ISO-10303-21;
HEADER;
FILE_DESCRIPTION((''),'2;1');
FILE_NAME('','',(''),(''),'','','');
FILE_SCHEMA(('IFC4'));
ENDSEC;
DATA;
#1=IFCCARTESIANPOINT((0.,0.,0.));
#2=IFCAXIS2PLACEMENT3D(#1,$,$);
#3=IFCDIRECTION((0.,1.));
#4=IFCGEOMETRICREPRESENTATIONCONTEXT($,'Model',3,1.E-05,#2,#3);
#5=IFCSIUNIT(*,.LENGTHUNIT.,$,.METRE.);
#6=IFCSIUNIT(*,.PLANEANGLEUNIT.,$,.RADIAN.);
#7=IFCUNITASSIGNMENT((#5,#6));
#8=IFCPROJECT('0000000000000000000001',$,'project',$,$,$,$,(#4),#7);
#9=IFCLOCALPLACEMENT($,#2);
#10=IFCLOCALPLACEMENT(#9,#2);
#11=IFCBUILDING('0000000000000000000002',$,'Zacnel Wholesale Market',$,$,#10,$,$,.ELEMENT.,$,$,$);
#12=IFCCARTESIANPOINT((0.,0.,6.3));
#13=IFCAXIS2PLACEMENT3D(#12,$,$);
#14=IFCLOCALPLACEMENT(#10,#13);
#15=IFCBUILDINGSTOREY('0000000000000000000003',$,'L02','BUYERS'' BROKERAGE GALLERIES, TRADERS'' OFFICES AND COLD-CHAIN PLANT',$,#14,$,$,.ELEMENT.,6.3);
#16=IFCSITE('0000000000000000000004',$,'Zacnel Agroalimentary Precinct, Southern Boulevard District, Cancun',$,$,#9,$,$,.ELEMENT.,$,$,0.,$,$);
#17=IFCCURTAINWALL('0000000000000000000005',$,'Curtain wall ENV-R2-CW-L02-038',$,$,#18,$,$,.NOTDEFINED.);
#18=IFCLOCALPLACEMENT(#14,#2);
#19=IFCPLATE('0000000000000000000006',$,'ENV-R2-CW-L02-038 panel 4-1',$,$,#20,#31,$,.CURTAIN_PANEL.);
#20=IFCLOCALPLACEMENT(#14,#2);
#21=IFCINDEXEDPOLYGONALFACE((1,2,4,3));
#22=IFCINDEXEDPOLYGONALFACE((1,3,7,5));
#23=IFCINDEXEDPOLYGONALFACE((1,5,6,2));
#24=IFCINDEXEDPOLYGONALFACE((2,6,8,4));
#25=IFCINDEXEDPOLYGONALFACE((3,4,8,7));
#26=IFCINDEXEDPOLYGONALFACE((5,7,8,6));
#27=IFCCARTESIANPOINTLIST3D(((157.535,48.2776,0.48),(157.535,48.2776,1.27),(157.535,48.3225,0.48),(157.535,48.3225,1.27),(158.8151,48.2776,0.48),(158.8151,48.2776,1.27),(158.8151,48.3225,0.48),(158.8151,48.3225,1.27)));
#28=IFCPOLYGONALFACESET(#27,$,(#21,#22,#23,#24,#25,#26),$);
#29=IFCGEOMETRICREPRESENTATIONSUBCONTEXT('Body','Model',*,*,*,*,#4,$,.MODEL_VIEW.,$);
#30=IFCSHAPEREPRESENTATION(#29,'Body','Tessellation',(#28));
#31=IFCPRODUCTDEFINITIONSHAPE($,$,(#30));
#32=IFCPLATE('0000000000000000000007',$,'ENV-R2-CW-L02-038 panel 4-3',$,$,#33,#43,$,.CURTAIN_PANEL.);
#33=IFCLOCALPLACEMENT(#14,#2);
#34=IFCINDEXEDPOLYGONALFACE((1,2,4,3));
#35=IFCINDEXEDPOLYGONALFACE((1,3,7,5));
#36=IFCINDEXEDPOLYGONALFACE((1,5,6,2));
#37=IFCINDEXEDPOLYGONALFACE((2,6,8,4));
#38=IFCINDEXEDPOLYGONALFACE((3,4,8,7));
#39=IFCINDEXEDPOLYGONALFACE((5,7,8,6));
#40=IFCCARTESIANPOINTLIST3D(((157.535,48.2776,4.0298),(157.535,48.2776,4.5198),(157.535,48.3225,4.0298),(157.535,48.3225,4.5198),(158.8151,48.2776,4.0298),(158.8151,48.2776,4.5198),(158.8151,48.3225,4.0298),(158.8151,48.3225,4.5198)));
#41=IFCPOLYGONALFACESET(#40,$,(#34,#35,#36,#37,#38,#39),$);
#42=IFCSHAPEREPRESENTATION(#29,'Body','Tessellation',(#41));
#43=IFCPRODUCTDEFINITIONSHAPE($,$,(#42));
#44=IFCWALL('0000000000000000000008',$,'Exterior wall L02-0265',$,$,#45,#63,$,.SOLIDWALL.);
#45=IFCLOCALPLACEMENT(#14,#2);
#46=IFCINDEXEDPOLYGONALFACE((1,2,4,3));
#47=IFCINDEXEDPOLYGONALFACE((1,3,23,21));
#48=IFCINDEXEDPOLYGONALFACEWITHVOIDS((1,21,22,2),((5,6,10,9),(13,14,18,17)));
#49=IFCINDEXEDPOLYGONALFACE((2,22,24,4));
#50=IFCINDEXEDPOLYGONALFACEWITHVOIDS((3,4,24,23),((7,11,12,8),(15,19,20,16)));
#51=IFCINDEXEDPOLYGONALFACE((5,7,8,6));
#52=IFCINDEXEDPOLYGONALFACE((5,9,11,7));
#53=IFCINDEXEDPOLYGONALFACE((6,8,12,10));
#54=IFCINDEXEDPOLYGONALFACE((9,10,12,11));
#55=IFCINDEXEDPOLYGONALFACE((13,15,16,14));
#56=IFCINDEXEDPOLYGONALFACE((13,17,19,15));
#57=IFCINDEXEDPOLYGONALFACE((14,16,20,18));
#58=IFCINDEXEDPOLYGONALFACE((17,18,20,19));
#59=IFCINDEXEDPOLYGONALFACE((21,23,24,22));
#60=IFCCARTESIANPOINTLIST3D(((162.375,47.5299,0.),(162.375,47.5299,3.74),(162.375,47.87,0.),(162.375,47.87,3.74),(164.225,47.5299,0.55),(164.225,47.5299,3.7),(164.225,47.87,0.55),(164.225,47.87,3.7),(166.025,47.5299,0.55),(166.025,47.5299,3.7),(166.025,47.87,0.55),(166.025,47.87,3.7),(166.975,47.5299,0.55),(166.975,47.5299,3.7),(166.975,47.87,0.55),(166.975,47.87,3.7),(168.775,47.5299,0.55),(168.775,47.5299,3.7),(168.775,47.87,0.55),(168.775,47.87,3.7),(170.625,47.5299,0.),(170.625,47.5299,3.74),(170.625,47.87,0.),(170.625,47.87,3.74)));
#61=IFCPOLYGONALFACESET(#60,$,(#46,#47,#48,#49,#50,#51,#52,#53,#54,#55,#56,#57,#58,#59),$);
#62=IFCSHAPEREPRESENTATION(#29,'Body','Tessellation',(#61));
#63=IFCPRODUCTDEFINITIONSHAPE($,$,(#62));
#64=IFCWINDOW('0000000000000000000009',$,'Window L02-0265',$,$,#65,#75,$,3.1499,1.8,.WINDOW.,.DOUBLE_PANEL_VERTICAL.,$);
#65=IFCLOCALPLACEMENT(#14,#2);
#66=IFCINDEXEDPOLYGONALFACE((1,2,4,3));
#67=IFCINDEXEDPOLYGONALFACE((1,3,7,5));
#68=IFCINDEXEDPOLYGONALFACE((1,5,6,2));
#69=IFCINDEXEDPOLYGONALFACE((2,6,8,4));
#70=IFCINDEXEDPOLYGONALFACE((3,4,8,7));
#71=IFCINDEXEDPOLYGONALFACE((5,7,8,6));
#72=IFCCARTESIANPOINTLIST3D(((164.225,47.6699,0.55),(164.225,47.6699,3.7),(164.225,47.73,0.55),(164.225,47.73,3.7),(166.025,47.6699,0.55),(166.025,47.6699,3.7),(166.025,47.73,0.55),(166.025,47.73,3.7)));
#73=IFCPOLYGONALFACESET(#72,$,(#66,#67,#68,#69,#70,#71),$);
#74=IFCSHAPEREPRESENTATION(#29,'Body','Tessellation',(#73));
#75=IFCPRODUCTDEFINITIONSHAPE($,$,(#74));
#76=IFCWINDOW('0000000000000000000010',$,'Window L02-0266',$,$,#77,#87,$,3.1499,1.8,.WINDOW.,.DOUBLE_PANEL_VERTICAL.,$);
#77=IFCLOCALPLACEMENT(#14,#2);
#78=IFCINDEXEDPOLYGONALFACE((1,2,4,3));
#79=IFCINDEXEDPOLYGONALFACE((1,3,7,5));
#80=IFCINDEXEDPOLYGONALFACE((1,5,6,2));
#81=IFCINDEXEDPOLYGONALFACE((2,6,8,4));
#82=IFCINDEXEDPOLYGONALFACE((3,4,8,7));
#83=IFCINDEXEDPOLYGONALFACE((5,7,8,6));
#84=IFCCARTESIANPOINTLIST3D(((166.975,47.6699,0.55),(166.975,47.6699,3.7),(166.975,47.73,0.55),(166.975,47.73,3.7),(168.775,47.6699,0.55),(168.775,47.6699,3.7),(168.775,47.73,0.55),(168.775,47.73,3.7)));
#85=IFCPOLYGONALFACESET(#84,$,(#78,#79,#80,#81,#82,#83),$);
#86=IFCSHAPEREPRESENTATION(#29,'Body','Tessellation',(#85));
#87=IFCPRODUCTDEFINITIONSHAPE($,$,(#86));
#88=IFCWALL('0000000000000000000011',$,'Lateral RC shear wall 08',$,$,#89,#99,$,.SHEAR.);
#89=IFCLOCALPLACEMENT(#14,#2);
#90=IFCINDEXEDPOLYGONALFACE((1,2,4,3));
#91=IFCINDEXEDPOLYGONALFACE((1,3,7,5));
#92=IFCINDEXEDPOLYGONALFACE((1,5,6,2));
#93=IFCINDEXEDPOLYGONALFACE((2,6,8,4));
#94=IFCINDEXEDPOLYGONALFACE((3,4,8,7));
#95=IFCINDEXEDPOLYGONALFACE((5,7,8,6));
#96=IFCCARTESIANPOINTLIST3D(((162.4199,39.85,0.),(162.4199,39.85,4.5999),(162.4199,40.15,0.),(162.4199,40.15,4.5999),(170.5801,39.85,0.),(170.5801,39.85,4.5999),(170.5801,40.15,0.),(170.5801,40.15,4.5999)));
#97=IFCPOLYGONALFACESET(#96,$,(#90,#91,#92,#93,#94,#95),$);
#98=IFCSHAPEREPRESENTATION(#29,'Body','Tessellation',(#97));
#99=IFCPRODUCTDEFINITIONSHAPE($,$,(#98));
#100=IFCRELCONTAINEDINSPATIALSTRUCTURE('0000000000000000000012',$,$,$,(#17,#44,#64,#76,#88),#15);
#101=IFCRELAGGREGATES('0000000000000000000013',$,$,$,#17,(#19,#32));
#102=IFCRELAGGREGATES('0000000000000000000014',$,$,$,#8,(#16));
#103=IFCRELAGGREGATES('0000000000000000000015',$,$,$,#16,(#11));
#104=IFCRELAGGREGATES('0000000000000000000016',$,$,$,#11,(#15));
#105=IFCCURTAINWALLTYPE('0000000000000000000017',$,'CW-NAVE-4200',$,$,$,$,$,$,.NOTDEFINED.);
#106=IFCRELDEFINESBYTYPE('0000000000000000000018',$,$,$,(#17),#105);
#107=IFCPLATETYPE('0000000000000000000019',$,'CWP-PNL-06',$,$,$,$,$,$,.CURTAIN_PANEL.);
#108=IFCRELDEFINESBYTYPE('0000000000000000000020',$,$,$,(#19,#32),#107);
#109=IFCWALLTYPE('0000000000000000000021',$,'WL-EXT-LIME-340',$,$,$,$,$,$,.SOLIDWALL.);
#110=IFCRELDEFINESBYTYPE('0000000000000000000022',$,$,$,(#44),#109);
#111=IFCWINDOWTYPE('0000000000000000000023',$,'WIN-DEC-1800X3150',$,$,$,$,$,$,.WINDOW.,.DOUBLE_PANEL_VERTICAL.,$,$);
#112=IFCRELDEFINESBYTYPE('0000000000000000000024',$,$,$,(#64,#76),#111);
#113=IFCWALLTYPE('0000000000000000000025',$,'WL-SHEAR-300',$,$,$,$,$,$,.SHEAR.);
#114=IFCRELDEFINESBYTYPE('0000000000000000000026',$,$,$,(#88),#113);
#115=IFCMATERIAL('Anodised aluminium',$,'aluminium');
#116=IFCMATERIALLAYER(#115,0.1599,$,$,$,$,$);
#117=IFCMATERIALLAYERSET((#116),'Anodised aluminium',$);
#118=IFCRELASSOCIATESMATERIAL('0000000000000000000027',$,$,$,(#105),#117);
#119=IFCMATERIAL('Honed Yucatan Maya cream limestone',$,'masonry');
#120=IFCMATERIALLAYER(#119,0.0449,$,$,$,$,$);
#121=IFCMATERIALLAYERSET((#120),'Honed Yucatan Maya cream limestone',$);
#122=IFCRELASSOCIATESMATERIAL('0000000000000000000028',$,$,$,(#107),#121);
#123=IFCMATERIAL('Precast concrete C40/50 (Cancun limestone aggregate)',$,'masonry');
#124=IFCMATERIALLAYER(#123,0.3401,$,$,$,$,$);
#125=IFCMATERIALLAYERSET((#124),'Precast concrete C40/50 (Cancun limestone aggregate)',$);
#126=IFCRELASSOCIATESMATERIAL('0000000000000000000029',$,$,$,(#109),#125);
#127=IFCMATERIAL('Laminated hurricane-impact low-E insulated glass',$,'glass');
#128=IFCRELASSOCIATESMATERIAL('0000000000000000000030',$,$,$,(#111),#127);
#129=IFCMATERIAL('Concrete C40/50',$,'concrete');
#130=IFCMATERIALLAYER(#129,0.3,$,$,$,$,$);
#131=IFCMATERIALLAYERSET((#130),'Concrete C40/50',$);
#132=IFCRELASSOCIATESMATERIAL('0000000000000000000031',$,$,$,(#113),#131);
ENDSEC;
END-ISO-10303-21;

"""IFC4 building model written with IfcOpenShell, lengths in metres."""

from ifc_helpers import new_model, si_unit, direction, frame, frame_2d, origin, origin_2d, place, context, subcontext, project, spatial, rectangle, extrude, material, layer, layer_set, type_object, element, fill, aggregate, save


model = new_model("IFC4")

# Units and contexts
model_context = context("Model", 3, precision=1e-05, world=origin(), true_north=direction((0.0, 1.0)))
body_context = subcontext(model_context, "Body", "Model", "MODEL_VIEW")
ifc_project = project(units=[si_unit("LENGTHUNIT", "METRE"), si_unit("PLANEANGLEUNIT", "RADIAN")], contexts=[model_context])

# Site, building, storey
site_placement = place(None, origin())
site = spatial("IfcSite", under=ifc_project, at=site_placement, Name="Zacnel Agroalimentary Precinct, Southern Boulevard District, Cancun", CompositionType="ELEMENT", RefElevation=0.0)
building_placement = place(site_placement, origin())
building = spatial("IfcBuilding", under=site, at=building_placement, Name="Zacnel Wholesale Market", CompositionType="ELEMENT")
storey_placement = place(building_placement, frame((0.0, 0.0, 6.3)))
storey = spatial("IfcBuildingStorey", under=building, at=storey_placement, Name="L02", Description="BUYERS' BROKERAGE GALLERIES, TRADERS' OFFICES AND COLD-CHAIN PLANT", CompositionType="ELEMENT", Elevation=6.3)

# Curtain wall, plates
ifc_material_1 = material(Name="Anodised aluminium", Category="aluminium")
ifc_layer_1 = layer(ifc_material_1, 0.1599)
ifc_layer_set_1 = layer_set([ifc_layer_1], Name="Anodised aluminium")
curtain_wall_type = type_object("IfcCurtainWallType", Name="CW-NAVE-4200", PredefinedType="NOTDEFINED", material=ifc_layer_set_1)
curtain_wall_placement = place(storey_placement, origin())
curtain_wall = element("IfcCurtainWall", 1, at=curtain_wall_placement, inside=storey, type_object=curtain_wall_type, Name="Curtain wall ENV-R2-CW-L02-038", PredefinedType="NOTDEFINED")
ifc_material_2 = material(Name="Honed Yucatan Maya cream limestone", Category="masonry")
ifc_layer_2 = layer(ifc_material_2, 0.0449)
ifc_layer_set_2 = layer_set([ifc_layer_2], Name="Honed Yucatan Maya cream limestone")
plate_type_1 = type_object("IfcPlateType", Name="CWP-PNL-06", PredefinedType="CURTAIN_PANEL", material=ifc_layer_set_2)
plate_1_placement = place(storey_placement, frame((158.175, 48.3, 0.48), z_axis=(0.0, 0.0, 1.0), x_axis=(1.0, 0.0, 0.0)))
plate_1 = element("IfcPlate", 2, at=plate_1_placement, type_object=plate_type_1, Name="ENV-R2-CW-L02-038 panel 4-1", PredefinedType="CURTAIN_PANEL", context=body_context, shape_type="SweptSolid", body=[
    extrude(rectangle(XDim=1.28, YDim=0.0449, at=origin_2d()), origin(), (0.0, 0.0, 1.0), 0.79),
])
plate_2_placement = place(storey_placement, frame((158.175, 48.3, 4.0298), z_axis=(0.0, 0.0, 1.0), x_axis=(1.0, 0.0, 0.0)))
plate_2 = element("IfcPlate", 3, at=plate_2_placement, type_object=plate_type_1, Name="ENV-R2-CW-L02-038 panel 4-3", PredefinedType="CURTAIN_PANEL", context=body_context, shape_type="SweptSolid", body=[
    extrude(rectangle(XDim=1.28, YDim=0.0449, at=origin_2d()), origin(), (0.0, 0.0, 1.0), 0.49),
])
aggregate(curtain_wall, [plate_1, plate_2])

# Wall, openings, windows
ifc_material_3 = material(Name="Precast concrete C40/50 (Cancun limestone aggregate)", Category="masonry")
ifc_layer_3 = layer(ifc_material_3, 0.3401)
ifc_layer_set_3 = layer_set([ifc_layer_3], Name="Precast concrete C40/50 (Cancun limestone aggregate)")
wall_type_1 = type_object("IfcWallType", Name="WL-EXT-LIME-340", PredefinedType="SOLIDWALL", material=ifc_layer_set_3)
wall_1_placement = place(storey_placement, frame((162.375, 47.7, 0.0), z_axis=(0.0, 0.0, 1.0), x_axis=(1.0, 0.0, 0.0)))
wall_1 = element("IfcWall", 4, at=wall_1_placement, inside=storey, type_object=wall_type_1, Name="Exterior wall L02-0265", PredefinedType="SOLIDWALL", context=body_context, shape_type="SweptSolid", body=[
    extrude(rectangle(XDim=8.25, YDim=0.3401, at=frame_2d((4.125, 0.0))), origin(), (0.0, 0.0, 1.0), 3.74),
])
opening_1_placement = place(wall_1_placement, frame((1.8501, 0.0, 0.55)))
opening_1 = element("IfcOpeningElement", 5, at=opening_1_placement, cuts=wall_1, PredefinedType="OPENING", context=body_context, shape_type="SweptSolid", body=[
    extrude(rectangle(XDim=1.8, YDim=3.1499, at=frame_2d((0.8999, 1.575))), frame((0.0, 0.1799, 0.0), z_axis=(0.0, -1.0, 0.0), x_axis=(1.0, 0.0, 0.0)), (0.0, 0.0, 1.0), 0.3601),
])
opening_2_placement = place(wall_1_placement, frame((4.6001, 0.0, 0.55)))
opening_2 = element("IfcOpeningElement", 6, at=opening_2_placement, cuts=wall_1, PredefinedType="OPENING", context=body_context, shape_type="SweptSolid", body=[
    extrude(rectangle(XDim=1.8, YDim=3.1499, at=frame_2d((0.8999, 1.575))), frame((0.0, 0.1799, 0.0), z_axis=(0.0, -1.0, 0.0), x_axis=(1.0, 0.0, 0.0)), (0.0, 0.0, 1.0), 0.3601),
])
ifc_material_4 = material(Name="Laminated hurricane-impact low-E insulated glass", Category="glass")
window_type = type_object("IfcWindowType", Name="WIN-DEC-1800X3150", PartitioningType="DOUBLE_PANEL_VERTICAL", PredefinedType="WINDOW", material=ifc_material_4)
window_1_placement = place(opening_1_placement, origin())
window_1 = element("IfcWindow", 7, at=window_1_placement, inside=storey, type_object=window_type, Name="Window L02-0265", OverallHeight=3.1499, OverallWidth=1.8, PartitioningType="DOUBLE_PANEL_VERTICAL", PredefinedType="WINDOW", context=body_context, shape_type="SweptSolid", body=[
    extrude(rectangle(XDim=1.8, YDim=3.1499, at=frame_2d((0.8999, 1.575))), frame((0.0, 0.03, 0.0), z_axis=(0.0, -1.0, 0.0), x_axis=(1.0, 0.0, 0.0)), (0.0, 0.0, 1.0), 0.0601),
])
fill(opening_1, window_1)
window_2_placement = place(opening_2_placement, origin())
window_2 = element("IfcWindow", 8, at=window_2_placement, inside=storey, type_object=window_type, Name="Window L02-0266", OverallHeight=3.1499, OverallWidth=1.8, PartitioningType="DOUBLE_PANEL_VERTICAL", PredefinedType="WINDOW", context=body_context, shape_type="SweptSolid", body=[
    extrude(rectangle(XDim=1.8, YDim=3.1499, at=frame_2d((0.8999, 1.575))), frame((0.0, 0.03, 0.0), z_axis=(0.0, -1.0, 0.0), x_axis=(1.0, 0.0, 0.0)), (0.0, 0.0, 1.0), 0.0601),
])
fill(opening_2, window_2)

# Wall
ifc_material_5 = material(Name="Concrete C40/50", Category="concrete")
ifc_layer_4 = layer(ifc_material_5, 0.3)
ifc_layer_set_4 = layer_set([ifc_layer_4], Name="Concrete C40/50")
wall_type_2 = type_object("IfcWallType", Name="WL-SHEAR-300", PredefinedType="SHEAR", material=ifc_layer_set_4)
wall_2_placement = place(storey_placement, frame((162.4199, 40.0, 0.0), z_axis=(0.0, 0.0, 1.0), x_axis=(1.0, 0.0, 0.0)))
element("IfcWall", 9, at=wall_2_placement, inside=storey, type_object=wall_type_2, Name="Lateral RC shear wall 08", PredefinedType="SHEAR", context=body_context, shape_type="SweptSolid", body=[
    extrude(rectangle(XDim=8.1602, YDim=0.3, at=frame_2d((4.0801, 0.0))), origin(), (0.0, 0.0, 1.0), 4.5999),
])

save(model, "model.ifc")
